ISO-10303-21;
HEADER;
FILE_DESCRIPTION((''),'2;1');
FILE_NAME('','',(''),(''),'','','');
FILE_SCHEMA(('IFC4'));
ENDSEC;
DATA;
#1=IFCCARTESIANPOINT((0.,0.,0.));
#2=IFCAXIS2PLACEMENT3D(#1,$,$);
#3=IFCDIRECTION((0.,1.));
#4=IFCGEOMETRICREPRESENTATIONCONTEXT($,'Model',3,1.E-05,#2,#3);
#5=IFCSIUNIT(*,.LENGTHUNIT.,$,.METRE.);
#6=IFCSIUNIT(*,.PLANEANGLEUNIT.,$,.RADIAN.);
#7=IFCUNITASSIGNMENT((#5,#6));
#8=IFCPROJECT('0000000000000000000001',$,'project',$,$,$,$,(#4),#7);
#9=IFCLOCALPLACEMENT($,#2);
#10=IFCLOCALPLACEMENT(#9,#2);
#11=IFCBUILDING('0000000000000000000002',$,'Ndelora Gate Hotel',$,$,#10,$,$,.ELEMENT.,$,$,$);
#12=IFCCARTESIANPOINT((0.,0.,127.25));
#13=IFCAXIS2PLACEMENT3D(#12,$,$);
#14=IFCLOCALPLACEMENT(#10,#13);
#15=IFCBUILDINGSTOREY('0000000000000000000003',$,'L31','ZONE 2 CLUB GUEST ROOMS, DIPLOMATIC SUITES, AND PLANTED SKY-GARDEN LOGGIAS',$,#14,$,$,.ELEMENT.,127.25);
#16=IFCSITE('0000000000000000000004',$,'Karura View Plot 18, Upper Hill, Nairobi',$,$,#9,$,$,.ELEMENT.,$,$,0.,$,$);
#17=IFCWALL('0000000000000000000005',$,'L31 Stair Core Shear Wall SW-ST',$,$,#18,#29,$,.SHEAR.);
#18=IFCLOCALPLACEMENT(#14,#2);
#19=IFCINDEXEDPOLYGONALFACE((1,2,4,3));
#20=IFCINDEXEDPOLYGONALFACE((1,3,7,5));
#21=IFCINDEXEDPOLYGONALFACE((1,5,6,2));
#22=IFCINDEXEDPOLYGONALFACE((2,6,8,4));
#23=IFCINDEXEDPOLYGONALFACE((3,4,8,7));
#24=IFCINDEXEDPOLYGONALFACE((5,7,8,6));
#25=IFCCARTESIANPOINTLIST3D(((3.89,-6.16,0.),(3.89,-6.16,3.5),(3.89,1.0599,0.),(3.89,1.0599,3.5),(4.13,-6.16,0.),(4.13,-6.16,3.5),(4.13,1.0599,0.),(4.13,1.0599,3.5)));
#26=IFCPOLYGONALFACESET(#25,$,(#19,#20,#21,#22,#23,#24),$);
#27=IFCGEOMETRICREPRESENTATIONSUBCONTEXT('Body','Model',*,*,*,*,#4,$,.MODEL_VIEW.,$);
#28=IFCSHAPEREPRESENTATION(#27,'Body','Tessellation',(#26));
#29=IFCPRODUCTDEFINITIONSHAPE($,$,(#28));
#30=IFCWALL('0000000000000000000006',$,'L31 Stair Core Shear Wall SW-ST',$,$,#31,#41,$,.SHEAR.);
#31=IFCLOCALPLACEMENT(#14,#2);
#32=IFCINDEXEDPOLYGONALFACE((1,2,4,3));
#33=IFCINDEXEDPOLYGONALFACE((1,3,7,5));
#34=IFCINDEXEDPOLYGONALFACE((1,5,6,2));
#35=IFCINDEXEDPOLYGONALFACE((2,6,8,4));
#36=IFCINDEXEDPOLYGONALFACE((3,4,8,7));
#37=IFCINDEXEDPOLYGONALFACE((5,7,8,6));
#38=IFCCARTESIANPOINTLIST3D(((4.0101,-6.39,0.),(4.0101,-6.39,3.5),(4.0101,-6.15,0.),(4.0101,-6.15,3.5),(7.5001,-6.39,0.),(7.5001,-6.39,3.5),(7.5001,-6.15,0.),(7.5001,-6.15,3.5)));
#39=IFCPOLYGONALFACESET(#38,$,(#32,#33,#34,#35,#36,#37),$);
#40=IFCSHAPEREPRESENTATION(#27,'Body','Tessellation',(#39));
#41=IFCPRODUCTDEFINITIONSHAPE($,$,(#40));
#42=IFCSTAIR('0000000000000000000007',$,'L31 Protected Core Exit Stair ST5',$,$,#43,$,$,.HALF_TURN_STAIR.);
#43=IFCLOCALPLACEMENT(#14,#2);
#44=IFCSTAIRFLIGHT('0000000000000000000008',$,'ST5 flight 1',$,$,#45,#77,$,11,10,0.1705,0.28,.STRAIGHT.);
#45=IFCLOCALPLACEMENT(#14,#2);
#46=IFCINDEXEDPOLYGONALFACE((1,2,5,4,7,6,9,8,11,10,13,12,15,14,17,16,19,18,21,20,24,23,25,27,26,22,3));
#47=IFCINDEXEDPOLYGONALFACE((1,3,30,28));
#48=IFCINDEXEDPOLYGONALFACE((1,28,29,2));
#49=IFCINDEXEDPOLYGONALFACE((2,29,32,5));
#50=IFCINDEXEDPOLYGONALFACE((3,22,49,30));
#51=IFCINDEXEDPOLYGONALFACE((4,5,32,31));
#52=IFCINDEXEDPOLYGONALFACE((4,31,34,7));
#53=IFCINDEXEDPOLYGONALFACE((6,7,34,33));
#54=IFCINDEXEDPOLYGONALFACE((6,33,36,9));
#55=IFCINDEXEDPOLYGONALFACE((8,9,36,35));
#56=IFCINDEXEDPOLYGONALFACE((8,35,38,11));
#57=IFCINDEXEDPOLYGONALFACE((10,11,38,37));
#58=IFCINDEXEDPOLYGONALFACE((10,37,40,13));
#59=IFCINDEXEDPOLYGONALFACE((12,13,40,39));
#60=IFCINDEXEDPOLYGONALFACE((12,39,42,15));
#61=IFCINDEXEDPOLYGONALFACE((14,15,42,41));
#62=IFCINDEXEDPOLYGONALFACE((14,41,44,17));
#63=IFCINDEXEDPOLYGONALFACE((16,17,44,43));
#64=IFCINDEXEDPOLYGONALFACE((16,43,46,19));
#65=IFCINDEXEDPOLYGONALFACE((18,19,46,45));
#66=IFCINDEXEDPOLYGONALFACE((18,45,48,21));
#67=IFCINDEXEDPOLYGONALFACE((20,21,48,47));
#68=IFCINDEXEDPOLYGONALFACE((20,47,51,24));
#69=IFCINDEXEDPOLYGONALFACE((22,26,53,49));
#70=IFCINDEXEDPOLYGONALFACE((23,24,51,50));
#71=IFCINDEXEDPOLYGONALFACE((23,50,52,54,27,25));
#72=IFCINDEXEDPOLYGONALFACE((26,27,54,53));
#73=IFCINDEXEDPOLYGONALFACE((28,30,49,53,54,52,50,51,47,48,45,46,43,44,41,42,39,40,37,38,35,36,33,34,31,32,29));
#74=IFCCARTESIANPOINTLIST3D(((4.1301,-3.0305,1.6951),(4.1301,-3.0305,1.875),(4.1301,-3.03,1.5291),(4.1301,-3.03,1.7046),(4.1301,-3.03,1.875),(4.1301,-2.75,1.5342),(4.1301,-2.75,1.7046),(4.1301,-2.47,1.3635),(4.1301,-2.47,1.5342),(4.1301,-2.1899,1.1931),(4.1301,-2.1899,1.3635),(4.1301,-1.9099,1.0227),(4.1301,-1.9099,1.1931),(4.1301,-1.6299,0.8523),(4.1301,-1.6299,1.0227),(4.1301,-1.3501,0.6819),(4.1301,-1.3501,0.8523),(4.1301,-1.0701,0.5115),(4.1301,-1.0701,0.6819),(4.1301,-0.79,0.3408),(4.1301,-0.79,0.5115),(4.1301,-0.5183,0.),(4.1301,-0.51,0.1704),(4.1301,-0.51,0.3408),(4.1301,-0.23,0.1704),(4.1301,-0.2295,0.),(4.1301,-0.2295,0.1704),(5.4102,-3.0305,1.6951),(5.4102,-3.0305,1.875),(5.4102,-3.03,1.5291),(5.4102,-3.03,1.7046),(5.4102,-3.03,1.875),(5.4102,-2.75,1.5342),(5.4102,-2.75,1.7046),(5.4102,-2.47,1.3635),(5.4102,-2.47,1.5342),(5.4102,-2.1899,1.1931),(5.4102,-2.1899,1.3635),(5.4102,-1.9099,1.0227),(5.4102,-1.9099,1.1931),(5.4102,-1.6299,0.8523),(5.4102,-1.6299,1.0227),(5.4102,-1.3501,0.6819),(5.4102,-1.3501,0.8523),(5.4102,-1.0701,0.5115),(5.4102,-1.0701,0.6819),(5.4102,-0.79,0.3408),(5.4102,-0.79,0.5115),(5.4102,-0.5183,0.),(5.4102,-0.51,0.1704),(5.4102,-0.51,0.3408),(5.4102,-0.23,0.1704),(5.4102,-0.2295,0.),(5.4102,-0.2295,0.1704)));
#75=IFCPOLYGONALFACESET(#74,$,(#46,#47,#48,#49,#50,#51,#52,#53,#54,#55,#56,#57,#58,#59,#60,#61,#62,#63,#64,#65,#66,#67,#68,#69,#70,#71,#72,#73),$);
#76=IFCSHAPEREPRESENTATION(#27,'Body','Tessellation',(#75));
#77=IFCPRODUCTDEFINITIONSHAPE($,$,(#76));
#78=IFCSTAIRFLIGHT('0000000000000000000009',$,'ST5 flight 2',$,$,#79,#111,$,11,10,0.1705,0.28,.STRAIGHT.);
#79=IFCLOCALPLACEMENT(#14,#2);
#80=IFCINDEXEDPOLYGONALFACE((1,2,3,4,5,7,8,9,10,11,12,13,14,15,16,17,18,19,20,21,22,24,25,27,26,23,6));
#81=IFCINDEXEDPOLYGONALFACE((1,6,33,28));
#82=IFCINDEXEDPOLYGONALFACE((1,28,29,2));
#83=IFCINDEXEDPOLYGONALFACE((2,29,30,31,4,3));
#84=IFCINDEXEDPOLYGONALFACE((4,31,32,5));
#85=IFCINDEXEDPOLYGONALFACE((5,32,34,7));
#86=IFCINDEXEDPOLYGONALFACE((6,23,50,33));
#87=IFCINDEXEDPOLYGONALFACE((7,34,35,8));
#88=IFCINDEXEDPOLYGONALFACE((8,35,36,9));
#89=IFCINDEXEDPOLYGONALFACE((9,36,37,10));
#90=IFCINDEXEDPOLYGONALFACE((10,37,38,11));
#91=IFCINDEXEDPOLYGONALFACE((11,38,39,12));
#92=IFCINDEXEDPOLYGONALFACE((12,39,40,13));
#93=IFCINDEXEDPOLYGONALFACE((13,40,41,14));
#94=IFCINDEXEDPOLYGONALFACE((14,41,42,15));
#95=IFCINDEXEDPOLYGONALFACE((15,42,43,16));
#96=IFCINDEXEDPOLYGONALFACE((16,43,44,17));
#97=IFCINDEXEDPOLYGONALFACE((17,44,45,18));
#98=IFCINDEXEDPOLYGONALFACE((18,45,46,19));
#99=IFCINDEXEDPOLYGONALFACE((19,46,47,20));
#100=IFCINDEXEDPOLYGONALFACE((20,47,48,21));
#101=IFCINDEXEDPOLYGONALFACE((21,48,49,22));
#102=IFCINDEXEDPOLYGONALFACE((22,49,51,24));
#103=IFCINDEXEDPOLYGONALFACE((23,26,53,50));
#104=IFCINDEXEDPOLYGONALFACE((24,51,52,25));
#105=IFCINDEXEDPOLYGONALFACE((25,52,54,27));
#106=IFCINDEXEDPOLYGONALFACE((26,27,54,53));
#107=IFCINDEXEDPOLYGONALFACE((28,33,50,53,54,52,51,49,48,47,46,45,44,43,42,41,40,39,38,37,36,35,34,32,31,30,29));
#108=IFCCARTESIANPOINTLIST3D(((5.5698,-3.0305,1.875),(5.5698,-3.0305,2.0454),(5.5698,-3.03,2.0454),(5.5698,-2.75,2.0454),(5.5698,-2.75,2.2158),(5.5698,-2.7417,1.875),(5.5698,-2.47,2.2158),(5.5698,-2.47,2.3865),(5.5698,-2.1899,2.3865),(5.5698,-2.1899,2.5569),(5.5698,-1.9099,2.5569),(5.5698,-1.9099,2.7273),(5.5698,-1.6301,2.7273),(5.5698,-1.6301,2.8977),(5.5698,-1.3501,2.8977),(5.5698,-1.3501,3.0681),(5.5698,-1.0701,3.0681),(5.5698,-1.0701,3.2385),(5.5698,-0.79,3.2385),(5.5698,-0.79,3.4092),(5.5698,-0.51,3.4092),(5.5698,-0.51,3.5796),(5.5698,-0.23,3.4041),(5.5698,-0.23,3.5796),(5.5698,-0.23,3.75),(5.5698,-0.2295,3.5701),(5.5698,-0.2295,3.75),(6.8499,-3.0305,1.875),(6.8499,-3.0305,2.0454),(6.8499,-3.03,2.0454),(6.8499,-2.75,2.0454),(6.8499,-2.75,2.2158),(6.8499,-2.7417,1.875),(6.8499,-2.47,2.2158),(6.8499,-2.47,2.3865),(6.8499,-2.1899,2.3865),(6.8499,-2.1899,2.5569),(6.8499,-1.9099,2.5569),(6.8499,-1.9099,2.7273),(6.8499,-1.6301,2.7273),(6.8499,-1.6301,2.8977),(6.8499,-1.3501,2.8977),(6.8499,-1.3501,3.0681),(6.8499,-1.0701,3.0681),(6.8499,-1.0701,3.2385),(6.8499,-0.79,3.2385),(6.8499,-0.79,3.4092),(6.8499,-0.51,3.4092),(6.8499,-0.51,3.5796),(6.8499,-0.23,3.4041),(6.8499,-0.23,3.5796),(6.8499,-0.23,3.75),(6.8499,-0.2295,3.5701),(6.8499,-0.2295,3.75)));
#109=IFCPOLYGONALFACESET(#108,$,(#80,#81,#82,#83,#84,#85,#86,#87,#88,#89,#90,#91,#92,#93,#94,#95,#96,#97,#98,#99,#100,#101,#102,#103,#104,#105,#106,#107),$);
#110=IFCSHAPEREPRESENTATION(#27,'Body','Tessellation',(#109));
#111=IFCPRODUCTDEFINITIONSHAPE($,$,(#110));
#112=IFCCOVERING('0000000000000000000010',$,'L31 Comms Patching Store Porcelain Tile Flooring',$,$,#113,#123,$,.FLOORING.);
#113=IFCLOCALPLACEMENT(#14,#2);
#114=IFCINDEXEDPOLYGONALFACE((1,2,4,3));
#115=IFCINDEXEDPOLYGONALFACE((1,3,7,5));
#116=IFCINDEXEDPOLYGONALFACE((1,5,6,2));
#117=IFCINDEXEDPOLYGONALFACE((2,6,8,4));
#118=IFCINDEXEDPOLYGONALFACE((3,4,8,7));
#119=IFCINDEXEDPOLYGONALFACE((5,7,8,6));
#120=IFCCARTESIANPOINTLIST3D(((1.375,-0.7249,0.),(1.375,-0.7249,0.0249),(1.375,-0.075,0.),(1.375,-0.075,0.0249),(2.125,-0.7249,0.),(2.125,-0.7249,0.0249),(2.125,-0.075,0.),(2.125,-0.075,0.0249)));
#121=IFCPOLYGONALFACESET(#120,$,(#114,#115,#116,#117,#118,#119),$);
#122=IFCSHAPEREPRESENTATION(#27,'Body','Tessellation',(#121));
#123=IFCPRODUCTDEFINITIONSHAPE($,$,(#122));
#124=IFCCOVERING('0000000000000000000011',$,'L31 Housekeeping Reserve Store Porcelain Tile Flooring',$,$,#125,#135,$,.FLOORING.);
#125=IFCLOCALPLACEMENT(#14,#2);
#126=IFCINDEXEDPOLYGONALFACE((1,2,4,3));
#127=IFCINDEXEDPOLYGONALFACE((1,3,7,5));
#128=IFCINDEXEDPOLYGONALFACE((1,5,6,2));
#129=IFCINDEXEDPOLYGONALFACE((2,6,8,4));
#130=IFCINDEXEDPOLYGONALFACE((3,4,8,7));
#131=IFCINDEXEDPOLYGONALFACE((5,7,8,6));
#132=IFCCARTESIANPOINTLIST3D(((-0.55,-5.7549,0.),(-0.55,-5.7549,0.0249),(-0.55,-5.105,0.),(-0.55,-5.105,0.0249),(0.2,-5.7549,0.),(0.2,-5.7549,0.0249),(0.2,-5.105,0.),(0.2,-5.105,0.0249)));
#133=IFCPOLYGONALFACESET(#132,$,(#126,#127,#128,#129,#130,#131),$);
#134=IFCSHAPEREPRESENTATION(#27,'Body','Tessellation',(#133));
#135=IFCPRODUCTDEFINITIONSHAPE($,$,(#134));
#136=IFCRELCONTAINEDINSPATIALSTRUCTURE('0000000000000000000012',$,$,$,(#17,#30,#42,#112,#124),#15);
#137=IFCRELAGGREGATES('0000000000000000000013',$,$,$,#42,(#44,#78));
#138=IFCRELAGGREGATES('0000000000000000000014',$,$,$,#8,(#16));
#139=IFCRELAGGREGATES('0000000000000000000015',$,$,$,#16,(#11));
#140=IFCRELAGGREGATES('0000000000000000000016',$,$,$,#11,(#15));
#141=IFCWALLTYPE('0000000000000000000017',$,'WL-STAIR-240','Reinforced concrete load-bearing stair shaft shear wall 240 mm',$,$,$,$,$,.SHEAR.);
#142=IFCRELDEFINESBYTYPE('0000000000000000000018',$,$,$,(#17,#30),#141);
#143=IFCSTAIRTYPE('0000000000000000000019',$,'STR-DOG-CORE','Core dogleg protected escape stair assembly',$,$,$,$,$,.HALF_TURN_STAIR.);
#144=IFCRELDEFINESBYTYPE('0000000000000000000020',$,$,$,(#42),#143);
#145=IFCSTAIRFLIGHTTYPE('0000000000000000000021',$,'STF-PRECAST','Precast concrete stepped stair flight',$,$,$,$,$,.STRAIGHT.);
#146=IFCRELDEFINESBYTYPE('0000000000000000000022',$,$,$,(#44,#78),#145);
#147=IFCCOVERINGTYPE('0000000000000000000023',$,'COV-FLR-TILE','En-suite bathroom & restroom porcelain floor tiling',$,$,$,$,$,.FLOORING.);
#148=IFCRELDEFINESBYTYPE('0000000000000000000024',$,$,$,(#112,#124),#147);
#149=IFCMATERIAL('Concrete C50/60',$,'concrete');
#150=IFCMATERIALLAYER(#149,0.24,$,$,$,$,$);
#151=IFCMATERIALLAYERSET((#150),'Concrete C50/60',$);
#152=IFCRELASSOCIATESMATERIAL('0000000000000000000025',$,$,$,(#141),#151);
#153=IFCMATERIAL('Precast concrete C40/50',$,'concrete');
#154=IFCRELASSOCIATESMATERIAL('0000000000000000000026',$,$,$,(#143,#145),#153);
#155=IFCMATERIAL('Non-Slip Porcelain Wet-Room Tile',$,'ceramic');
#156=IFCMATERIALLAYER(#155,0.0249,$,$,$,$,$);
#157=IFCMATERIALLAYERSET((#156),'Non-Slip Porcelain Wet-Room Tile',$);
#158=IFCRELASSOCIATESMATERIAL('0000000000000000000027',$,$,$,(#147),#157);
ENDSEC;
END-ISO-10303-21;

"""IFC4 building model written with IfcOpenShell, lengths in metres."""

from ifc_helpers import new_model, si_unit, direction, frame, frame_2d, origin, origin_2d, place, context, subcontext, project, spatial, polyline, rectangle, outline, extrude, material, layer, layer_set, type_object, element, aggregate, save


model = new_model("IFC4")

# Units and contexts
model_context = context("Model", 3, precision=1e-05, world=origin(), true_north=direction((0.0, 1.0)))
body_context = subcontext(model_context, "Body", "Model", "MODEL_VIEW")
ifc_project = project(units=[si_unit("LENGTHUNIT", "METRE"), si_unit("PLANEANGLEUNIT", "RADIAN")], contexts=[model_context])

# Site, building, storey
site_placement = place(None, origin())
site = spatial("IfcSite", under=ifc_project, at=site_placement, Name="Karura View Plot 18, Upper Hill, Nairobi", CompositionType="ELEMENT", RefElevation=0.0)
building_placement = place(site_placement, origin())
building = spatial("IfcBuilding", under=site, at=building_placement, Name="Ndelora Gate Hotel", CompositionType="ELEMENT")
storey_placement = place(building_placement, frame((0.0, 0.0, 127.25)))
storey = spatial("IfcBuildingStorey", under=building, at=storey_placement, Name="L31", Description="ZONE 2 CLUB GUEST ROOMS, DIPLOMATIC SUITES, AND PLANTED SKY-GARDEN LOGGIAS", CompositionType="ELEMENT", Elevation=127.25)

# Shared definitions
ifc_material_1 = material(Name="Precast concrete C40/50", Category="concrete")

# Walls
ifc_material_2 = material(Name="Concrete C50/60", Category="concrete")
ifc_layer_1 = layer(ifc_material_2, 0.24)
ifc_layer_set_1 = layer_set([ifc_layer_1], Name="Concrete C50/60")
wall_type_1 = type_object("IfcWallType", Name="WL-STAIR-240", Description="Reinforced concrete load-bearing stair shaft shear wall 240 mm", PredefinedType="SHEAR", material=ifc_layer_set_1)
wall_1_placement = place(storey_placement, frame((4.01, -6.1599, 0.0), z_axis=(0.0, 0.0, 1.0), x_axis=(0.0, 1.0, 0.0)))
element("IfcWall", 1, at=wall_1_placement, inside=storey, type_object=wall_type_1, Name="L31 Stair Core Shear Wall SW-ST", PredefinedType="SHEAR", context=body_context, shape_type="SweptSolid", body=[
    extrude(rectangle(XDim=7.22, YDim=0.24, at=frame_2d((3.6099, 0.0))), origin(), (0.0, 0.0, 1.0), 3.5),
])
wall_2_placement = place(storey_placement, frame((4.01, -6.27, 0.0), z_axis=(0.0, 0.0, 1.0), x_axis=(1.0, 0.0, 0.0)))
element("IfcWall", 2, at=wall_2_placement, inside=storey, type_object=wall_type_1, Name="L31 Stair Core Shear Wall SW-ST", PredefinedType="SHEAR", context=body_context, shape_type="SweptSolid", body=[
    extrude(rectangle(XDim=3.49, YDim=0.24, at=frame_2d((1.7451, 0.0))), origin(), (0.0, 0.0, 1.0), 3.5),
])

# Stair, stair flights
stair_type = type_object("IfcStairType", Name="STR-DOG-CORE", Description="Core dogleg protected escape stair assembly", PredefinedType="HALF_TURN_STAIR", material=ifc_material_1)
stair_placement = place(storey_placement, origin())
stair = element("IfcStair", 3, at=stair_placement, inside=storey, type_object=stair_type, Name="L31 Protected Core Exit Stair ST5", PredefinedType="HALF_TURN_STAIR")
stair_flight_type = type_object("IfcStairFlightType", Name="STF-PRECAST", Description="Precast concrete stepped stair flight", PredefinedType="STRAIGHT", material=ifc_material_1)
stair_flight_1_placement = place(storey_placement, frame((4.77, -0.23, 0.0), z_axis=(0.0, 0.0, 1.0), x_axis=(0.0, -1.0, 0.0)))
stair_flight_1 = element("IfcStairFlight", 4, at=stair_flight_1_placement, type_object=stair_flight_type, Name="ST5 flight 1", NumberOfRisers=11, NumberOfTreads=10, PredefinedType="STRAIGHT", RiserHeight=0.1705, TreadLength=0.28, context=body_context, shape_type="SweptSolid", body=[
    extrude(outline(polyline([(-0.0005, 0.0), (-0.0005, 0.1704), (0.0, 0.1704), (0.28, 0.1704), (0.28, 0.3408), (0.5601, 0.3408), (0.5601, 0.5115), (0.8401, 0.5115), (0.8401, 0.6819), (1.1201, 0.6819), (1.1201, 0.8523), (1.3999, 0.8523), (1.3999, 1.0227), (1.6799, 1.0227), (1.6799, 1.1931), (1.96, 1.1931), (1.96, 1.3635), (2.24, 1.3635), (2.24, 1.5342), (2.52, 1.5342), (2.52, 1.7046), (2.8, 1.7046), (2.8, 1.875), (2.8005, 1.875), (2.8005, 1.6951), (2.8, 1.5291), (0.2883, 0.0), (-0.0005, 0.0)])), frame((0.0, 0.6401, 0.0), z_axis=(0.0, -1.0, 0.0), x_axis=(1.0, 0.0, 0.0)), (0.0, 0.0, 1.0), 1.28),
])
stair_flight_2_placement = place(storey_placement, frame((6.21, -3.03, 1.875), z_axis=(0.0, 0.0, 1.0), x_axis=(0.0, 1.0, 0.0)))
stair_flight_2 = element("IfcStairFlight", 5, at=stair_flight_2_placement, type_object=stair_flight_type, Name="ST5 flight 2", NumberOfRisers=11, NumberOfTreads=10, PredefinedType="STRAIGHT", RiserHeight=0.1705, TreadLength=0.28, context=body_context, shape_type="SweptSolid", body=[
    extrude(outline(polyline([(-0.0005, 0.0), (-0.0005, 0.1704), (0.0, 0.1704), (0.28, 0.1704), (0.28, 0.3408), (0.5601, 0.3408), (0.5601, 0.5115), (0.8401, 0.5115), (0.8401, 0.6819), (1.1201, 0.6819), (1.1201, 0.8523), (1.3999, 0.8523), (1.3999, 1.0227), (1.6799, 1.0227), (1.6799, 1.1931), (1.96, 1.1931), (1.96, 1.3635), (2.24, 1.3635), (2.24, 1.5342), (2.52, 1.5342), (2.52, 1.7046), (2.8, 1.7046), (2.8, 1.875), (2.8005, 1.875), (2.8005, 1.6951), (2.8, 1.5291), (0.2883, 0.0), (-0.0005, 0.0)])), frame((0.0, 0.6401, 0.0), z_axis=(0.0, -1.0, 0.0), x_axis=(1.0, 0.0, 0.0)), (0.0, 0.0, 1.0), 1.28),
])
aggregate(stair, [stair_flight_1, stair_flight_2])

# Coverings
ifc_material_3 = material(Name="Non-Slip Porcelain Wet-Room Tile", Category="ceramic")
ifc_layer_2 = layer(ifc_material_3, 0.0249)
ifc_layer_set_2 = layer_set([ifc_layer_2], Name="Non-Slip Porcelain Wet-Room Tile")
covering_type = type_object("IfcCoveringType", Name="COV-FLR-TILE", Description="En-suite bathroom & restroom porcelain floor tiling", PredefinedType="FLOORING", material=ifc_layer_set_2)
for number, where, z_axis, x_axis, name in (
    (6, (1.75, -0.3999, 0.0), (0.0, 0.0, 1.0), (1.0, 0.0, 0.0), "L31 Comms Patching Store Porcelain Tile Flooring"),
    (7, (-0.175, -5.4299, 0.0), (0.0, 0.0, 1.0), (1.0, 0.0, 0.0), "L31 Housekeeping Reserve Store Porcelain Tile Flooring"),
):
    element("IfcCovering", number, at=place(storey_placement, frame(where, z_axis=z_axis, x_axis=x_axis)), inside=storey, type_object=covering_type, Name=name, PredefinedType="FLOORING", context=body_context, shape_type="SweptSolid", body=[
        extrude(rectangle(XDim=0.75, YDim=0.6499, at=origin_2d()), origin(), (0.0, 0.0, 1.0), 0.0249),
    ])

save(model, "model.ifc")
